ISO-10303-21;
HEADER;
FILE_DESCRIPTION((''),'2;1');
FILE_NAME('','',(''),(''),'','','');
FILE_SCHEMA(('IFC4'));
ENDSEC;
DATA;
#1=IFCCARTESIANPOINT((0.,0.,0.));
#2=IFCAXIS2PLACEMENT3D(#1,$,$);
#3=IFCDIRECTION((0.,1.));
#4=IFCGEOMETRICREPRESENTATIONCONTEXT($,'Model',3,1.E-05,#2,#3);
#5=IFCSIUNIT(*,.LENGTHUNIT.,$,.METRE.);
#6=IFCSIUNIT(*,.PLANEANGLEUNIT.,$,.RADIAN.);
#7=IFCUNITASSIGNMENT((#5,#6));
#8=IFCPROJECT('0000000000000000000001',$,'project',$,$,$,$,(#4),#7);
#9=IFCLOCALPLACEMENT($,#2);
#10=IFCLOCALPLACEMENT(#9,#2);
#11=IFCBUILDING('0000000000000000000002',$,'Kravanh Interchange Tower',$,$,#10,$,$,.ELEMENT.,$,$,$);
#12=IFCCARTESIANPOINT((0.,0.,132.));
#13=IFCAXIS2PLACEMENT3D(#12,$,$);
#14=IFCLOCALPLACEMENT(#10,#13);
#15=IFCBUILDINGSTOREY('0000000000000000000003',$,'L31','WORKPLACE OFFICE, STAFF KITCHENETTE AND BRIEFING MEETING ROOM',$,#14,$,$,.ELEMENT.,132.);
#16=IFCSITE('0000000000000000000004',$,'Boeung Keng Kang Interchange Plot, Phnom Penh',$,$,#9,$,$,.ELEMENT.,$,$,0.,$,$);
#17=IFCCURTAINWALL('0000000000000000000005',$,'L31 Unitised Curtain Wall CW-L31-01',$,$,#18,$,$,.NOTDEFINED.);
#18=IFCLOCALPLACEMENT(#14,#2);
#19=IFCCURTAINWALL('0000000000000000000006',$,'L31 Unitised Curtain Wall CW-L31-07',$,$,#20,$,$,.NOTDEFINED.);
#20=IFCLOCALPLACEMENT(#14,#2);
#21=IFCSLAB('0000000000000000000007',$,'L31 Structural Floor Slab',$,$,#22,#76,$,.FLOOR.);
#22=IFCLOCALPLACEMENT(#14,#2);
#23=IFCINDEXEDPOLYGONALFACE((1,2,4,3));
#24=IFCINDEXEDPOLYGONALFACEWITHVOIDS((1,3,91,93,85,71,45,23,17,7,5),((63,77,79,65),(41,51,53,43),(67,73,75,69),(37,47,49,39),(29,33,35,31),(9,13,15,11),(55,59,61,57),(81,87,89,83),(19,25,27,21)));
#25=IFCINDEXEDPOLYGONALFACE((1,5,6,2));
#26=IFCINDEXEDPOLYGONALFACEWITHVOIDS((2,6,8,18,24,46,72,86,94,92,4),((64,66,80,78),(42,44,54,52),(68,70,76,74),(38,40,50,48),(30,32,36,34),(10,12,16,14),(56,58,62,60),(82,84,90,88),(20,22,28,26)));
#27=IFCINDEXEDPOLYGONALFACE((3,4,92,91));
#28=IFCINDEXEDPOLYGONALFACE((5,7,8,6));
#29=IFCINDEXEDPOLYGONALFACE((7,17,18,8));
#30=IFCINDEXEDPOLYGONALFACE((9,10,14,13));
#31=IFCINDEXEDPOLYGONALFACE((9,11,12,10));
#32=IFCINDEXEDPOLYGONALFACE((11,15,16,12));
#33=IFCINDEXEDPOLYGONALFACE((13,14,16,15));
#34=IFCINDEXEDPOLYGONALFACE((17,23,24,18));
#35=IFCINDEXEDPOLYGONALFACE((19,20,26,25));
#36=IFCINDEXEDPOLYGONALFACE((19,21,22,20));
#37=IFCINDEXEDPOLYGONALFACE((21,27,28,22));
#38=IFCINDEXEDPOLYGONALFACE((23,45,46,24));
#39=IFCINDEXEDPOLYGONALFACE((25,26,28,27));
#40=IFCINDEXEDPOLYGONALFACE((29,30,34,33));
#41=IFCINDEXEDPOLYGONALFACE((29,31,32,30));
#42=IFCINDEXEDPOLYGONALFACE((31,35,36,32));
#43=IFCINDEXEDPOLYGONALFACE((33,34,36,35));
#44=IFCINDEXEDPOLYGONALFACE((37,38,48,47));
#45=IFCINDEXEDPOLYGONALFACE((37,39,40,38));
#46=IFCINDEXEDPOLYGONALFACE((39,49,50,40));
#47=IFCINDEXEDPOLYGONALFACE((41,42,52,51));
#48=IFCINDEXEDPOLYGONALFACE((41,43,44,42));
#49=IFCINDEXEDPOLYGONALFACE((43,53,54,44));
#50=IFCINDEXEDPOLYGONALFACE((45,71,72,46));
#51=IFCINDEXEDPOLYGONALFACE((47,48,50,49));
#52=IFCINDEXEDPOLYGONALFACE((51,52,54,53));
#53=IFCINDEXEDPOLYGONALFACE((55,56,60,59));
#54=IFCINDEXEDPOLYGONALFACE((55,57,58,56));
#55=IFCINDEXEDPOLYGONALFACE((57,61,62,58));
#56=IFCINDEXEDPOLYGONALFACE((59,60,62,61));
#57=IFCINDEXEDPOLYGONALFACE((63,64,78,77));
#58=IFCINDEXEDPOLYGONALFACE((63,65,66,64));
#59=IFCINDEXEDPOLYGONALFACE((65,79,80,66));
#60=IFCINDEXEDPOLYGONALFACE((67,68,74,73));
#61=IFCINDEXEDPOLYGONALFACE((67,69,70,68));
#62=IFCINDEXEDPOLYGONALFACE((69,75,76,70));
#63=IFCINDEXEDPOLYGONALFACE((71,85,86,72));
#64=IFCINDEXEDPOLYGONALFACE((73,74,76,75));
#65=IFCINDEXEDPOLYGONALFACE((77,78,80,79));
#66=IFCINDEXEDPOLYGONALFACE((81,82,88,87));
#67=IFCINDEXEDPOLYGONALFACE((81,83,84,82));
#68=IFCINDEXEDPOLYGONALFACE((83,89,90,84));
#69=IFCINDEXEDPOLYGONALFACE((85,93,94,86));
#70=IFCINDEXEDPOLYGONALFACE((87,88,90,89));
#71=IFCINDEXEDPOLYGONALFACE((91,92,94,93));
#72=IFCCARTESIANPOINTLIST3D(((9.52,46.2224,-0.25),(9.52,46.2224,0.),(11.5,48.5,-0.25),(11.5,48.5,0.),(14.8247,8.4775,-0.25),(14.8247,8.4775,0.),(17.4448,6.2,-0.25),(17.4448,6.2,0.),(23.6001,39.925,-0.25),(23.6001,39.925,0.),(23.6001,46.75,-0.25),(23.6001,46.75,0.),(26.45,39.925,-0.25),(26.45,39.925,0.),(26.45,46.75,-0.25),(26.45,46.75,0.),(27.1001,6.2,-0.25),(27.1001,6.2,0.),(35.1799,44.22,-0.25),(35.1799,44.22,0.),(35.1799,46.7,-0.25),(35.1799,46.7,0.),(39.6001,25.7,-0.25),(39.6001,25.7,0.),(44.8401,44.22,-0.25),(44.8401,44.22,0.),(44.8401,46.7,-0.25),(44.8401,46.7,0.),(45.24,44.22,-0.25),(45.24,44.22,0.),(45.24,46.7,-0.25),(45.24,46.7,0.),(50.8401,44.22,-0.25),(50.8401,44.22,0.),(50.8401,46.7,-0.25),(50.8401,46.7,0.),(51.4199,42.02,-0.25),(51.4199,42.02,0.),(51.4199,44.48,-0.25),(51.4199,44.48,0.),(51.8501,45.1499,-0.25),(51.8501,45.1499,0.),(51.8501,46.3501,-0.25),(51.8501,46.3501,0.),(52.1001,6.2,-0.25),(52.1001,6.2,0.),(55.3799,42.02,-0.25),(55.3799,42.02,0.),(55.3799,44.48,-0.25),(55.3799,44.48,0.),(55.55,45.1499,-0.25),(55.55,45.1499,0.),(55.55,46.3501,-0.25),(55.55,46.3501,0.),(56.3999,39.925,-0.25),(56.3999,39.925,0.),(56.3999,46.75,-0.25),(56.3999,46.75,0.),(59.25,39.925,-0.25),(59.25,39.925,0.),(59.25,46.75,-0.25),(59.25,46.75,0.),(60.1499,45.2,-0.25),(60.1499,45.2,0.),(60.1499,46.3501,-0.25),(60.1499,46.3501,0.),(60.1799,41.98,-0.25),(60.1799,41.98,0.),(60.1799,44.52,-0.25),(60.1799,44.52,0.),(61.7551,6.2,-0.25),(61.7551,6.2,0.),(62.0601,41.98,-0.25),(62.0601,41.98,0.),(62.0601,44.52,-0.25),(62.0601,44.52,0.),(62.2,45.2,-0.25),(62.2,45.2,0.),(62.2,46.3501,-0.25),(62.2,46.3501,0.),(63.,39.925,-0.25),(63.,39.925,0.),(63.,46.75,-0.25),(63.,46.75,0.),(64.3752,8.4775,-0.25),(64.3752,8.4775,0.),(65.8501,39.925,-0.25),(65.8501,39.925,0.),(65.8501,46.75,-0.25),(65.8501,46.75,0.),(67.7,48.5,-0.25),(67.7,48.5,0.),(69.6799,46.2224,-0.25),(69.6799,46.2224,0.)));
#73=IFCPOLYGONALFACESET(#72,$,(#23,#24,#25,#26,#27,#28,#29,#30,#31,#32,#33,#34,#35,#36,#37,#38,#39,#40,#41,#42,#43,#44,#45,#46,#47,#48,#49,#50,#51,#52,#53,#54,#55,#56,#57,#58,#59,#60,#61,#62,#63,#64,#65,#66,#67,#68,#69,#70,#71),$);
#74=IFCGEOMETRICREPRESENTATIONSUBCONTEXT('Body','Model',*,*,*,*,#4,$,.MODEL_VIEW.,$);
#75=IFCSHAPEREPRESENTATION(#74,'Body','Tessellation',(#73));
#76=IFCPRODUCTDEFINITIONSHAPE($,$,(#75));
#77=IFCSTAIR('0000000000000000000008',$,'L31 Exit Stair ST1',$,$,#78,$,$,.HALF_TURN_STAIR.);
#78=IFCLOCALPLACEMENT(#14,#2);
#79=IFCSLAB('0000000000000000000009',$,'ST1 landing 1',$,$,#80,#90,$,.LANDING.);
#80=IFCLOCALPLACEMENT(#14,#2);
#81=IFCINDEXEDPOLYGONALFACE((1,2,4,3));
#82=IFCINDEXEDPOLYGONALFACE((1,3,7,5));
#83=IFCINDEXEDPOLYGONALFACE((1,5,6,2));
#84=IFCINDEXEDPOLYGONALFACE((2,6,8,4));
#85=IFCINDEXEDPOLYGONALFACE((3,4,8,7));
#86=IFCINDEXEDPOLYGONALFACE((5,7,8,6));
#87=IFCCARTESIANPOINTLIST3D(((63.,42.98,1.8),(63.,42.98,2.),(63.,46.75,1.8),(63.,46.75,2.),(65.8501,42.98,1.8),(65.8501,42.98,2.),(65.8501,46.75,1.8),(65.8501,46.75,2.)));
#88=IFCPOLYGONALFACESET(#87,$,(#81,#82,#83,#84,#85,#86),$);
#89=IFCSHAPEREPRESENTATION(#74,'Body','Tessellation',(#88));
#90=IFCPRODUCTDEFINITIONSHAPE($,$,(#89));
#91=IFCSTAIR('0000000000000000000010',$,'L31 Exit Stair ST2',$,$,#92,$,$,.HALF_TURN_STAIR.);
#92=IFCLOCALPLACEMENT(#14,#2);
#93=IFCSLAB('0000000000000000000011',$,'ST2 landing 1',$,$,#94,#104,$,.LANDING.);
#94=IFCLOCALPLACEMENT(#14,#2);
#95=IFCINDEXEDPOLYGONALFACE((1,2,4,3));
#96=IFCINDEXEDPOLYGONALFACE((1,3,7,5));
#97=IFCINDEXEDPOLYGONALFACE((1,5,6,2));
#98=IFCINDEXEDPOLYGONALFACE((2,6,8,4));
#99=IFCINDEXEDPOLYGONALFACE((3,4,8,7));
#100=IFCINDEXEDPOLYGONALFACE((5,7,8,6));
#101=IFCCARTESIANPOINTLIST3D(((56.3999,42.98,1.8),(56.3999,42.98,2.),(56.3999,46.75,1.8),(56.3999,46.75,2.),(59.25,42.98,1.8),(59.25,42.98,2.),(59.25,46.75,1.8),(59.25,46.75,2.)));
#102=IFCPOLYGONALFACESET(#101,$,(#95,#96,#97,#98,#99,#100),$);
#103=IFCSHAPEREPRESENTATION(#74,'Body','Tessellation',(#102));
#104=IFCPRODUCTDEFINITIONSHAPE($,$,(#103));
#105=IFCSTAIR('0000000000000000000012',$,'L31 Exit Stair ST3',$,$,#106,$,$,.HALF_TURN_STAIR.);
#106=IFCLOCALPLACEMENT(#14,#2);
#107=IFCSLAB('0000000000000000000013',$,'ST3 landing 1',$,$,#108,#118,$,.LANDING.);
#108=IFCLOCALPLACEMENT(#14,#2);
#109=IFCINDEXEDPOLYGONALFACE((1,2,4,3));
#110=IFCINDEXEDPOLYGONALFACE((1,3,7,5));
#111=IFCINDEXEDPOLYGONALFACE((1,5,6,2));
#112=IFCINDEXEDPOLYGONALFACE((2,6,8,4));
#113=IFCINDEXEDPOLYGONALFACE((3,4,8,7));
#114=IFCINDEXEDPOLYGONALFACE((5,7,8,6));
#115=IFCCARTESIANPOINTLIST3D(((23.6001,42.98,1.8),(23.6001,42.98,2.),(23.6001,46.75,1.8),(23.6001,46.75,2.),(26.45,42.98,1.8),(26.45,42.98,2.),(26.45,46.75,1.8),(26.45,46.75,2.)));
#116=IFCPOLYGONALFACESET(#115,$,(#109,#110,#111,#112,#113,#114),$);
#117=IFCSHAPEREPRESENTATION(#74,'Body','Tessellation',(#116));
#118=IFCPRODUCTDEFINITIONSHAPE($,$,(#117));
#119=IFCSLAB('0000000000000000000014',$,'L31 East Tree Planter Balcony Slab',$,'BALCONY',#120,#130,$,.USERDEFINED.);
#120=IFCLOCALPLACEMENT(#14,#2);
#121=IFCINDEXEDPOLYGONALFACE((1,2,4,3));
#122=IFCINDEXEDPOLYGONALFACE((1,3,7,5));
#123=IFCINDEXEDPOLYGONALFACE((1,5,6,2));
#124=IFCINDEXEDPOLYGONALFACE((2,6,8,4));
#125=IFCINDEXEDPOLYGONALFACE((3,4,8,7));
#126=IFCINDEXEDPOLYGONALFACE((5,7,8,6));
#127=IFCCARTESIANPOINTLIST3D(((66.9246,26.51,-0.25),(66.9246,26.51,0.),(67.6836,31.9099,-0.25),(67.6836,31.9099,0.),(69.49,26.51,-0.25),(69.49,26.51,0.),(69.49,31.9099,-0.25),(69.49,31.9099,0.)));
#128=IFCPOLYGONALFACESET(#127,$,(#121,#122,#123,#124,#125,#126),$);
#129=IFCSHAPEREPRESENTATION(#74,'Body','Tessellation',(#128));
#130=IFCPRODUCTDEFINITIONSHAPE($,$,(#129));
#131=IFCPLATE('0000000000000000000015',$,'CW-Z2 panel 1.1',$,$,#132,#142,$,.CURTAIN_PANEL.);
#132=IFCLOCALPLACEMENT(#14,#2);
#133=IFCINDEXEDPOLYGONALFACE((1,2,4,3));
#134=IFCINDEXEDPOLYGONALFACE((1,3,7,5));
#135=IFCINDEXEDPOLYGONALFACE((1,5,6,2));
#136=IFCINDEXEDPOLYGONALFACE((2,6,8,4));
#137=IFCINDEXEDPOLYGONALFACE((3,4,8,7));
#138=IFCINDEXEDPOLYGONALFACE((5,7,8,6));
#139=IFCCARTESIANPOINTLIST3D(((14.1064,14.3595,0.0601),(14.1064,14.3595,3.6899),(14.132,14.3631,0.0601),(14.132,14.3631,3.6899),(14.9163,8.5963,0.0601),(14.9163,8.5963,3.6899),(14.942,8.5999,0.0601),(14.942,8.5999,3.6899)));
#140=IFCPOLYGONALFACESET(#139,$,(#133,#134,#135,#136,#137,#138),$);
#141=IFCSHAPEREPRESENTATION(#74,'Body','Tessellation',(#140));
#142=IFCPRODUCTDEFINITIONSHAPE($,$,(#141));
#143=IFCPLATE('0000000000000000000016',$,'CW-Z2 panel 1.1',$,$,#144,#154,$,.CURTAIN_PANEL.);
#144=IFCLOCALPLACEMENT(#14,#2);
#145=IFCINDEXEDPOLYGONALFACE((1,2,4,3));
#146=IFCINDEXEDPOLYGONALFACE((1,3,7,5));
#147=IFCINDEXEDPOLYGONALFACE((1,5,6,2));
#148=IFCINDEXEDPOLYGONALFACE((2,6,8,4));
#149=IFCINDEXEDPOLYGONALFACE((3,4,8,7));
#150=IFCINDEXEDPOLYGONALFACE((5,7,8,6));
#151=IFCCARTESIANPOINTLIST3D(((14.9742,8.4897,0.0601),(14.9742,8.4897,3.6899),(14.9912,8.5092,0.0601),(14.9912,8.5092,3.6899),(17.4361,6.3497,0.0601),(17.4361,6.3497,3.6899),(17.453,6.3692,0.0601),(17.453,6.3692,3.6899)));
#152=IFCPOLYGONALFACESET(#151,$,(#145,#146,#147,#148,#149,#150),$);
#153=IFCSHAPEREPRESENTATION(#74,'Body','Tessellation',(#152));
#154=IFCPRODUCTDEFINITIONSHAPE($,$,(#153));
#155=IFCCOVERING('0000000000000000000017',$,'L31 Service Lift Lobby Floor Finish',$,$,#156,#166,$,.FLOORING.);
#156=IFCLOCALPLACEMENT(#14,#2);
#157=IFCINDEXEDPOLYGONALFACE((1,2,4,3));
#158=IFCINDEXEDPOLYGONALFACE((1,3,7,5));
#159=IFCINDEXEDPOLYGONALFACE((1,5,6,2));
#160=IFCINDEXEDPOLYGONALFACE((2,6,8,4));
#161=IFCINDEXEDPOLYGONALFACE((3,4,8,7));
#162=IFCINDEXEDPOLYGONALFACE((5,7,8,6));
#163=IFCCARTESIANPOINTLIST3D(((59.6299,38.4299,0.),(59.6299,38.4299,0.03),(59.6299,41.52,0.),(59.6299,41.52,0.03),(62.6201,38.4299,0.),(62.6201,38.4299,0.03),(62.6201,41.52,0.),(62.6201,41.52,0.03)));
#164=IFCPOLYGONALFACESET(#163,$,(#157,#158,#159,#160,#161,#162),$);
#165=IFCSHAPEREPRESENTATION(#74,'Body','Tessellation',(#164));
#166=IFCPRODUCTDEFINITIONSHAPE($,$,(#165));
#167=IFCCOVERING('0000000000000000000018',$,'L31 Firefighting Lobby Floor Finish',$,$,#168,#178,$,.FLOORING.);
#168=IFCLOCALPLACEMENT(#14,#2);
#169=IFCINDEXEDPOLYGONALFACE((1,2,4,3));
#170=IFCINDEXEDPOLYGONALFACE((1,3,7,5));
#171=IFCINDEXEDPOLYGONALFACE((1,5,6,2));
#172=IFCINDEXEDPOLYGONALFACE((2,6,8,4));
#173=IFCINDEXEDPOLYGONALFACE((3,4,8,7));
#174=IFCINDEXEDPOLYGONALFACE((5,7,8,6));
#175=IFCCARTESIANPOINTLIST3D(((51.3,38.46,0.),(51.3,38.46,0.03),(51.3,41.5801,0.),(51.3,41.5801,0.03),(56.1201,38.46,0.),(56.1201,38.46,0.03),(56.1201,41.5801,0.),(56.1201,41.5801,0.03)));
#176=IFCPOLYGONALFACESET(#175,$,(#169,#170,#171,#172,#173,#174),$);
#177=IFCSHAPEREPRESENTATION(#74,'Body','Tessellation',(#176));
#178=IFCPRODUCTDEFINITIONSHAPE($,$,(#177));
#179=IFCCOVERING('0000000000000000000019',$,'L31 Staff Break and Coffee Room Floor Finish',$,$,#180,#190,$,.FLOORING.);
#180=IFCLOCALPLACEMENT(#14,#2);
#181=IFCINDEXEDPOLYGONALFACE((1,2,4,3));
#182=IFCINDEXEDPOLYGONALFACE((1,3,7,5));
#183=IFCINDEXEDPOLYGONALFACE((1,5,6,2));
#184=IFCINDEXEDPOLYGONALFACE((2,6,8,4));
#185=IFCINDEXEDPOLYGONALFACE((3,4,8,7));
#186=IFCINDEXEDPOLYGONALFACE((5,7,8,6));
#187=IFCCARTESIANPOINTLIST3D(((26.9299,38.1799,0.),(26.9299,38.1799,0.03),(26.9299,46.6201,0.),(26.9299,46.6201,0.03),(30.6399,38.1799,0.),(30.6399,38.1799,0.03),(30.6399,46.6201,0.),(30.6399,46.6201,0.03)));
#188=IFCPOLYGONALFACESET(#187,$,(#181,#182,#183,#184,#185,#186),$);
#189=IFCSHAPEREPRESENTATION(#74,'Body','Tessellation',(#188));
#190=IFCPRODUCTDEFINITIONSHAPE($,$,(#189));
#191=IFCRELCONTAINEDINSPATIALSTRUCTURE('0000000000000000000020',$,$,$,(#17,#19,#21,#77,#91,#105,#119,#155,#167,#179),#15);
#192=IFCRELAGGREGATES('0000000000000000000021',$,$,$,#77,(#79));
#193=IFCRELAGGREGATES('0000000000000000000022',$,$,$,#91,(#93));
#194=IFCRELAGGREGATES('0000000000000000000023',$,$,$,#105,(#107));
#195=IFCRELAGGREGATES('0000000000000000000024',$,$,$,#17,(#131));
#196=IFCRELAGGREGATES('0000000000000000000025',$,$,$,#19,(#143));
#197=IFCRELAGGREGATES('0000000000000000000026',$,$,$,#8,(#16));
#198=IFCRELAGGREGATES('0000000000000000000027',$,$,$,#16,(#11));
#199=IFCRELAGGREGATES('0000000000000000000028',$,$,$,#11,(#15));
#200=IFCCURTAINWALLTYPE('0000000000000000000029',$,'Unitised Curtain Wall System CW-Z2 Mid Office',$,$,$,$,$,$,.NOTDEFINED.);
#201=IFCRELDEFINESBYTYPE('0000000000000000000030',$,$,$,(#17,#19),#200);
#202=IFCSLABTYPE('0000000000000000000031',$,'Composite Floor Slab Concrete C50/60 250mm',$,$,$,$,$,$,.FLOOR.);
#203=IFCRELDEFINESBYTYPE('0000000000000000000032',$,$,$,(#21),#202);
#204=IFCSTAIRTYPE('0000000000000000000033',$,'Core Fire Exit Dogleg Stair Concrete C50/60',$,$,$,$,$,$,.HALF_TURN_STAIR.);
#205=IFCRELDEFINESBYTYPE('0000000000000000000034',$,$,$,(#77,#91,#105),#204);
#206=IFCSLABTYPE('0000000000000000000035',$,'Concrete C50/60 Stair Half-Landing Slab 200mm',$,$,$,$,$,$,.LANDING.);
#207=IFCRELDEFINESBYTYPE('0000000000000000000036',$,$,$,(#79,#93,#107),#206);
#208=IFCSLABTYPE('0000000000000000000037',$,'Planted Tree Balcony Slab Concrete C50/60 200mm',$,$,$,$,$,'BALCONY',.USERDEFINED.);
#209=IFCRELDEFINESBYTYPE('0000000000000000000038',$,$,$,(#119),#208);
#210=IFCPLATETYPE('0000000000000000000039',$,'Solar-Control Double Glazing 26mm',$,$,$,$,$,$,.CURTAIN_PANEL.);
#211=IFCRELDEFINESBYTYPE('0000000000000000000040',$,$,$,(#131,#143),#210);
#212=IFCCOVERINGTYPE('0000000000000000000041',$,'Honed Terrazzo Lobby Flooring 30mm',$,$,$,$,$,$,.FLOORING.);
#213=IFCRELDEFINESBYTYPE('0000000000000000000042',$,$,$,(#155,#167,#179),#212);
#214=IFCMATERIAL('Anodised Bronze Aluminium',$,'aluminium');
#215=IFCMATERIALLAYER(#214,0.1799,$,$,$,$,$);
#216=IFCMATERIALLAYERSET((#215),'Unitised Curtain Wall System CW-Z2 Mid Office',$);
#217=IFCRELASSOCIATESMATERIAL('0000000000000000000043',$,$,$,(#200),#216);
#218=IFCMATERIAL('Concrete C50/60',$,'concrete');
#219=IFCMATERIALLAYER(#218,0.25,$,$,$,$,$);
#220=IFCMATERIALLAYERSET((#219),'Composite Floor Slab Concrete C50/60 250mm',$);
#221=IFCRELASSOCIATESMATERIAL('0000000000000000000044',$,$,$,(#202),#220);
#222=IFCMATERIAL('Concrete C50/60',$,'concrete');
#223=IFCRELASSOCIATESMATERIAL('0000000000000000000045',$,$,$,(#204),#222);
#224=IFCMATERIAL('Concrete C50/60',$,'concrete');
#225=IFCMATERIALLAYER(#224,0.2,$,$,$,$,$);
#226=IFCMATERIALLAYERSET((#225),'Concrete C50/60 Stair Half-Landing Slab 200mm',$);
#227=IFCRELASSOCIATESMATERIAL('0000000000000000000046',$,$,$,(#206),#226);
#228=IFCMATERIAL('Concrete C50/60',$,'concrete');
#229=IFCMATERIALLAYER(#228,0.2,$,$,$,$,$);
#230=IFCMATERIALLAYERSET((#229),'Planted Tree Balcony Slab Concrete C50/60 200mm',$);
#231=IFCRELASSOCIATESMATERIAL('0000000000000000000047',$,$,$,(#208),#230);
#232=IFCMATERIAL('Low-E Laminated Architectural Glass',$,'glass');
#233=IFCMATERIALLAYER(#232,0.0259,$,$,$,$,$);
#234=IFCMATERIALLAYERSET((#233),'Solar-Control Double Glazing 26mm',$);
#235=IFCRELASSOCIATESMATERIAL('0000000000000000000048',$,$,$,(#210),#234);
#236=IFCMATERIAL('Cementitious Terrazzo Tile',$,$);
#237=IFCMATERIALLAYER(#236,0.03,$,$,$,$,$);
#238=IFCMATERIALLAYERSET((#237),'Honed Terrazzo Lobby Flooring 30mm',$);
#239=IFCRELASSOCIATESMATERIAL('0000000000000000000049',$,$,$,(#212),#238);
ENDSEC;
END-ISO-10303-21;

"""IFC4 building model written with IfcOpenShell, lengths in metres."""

from ifc_helpers import new_model, si_unit, direction, frame, origin, origin_2d, place, context, subcontext, project, spatial, polyline, rectangle, outline, extrude, material, layer, layer_set, type_object, element, aggregate, save


model = new_model("IFC4")

# Units and contexts
model_context = context("Model", 3, precision=1e-05, world=origin(), true_north=direction((0.0, 1.0)))
body_context = subcontext(model_context, "Body", "Model", "MODEL_VIEW")
ifc_project = project(units=[si_unit("LENGTHUNIT", "METRE"), si_unit("PLANEANGLEUNIT", "RADIAN")], contexts=[model_context])

# Site, building, storey
site_placement = place(None, origin())
site = spatial("IfcSite", under=ifc_project, at=site_placement, Name="Boeung Keng Kang Interchange Plot, Phnom Penh", CompositionType="ELEMENT", RefElevation=0.0)
building_placement = place(site_placement, origin())
building = spatial("IfcBuilding", under=site, at=building_placement, Name="Kravanh Interchange Tower", CompositionType="ELEMENT")
storey_placement = place(building_placement, frame((0.0, 0.0, 132.0)))
storey = spatial("IfcBuildingStorey", under=building, at=storey_placement, Name="L31", Description="WORKPLACE OFFICE, STAFF KITCHENETTE AND BRIEFING MEETING ROOM", CompositionType="ELEMENT", Elevation=132.0)

# Curtain walls
ifc_material_1 = material(Name="Anodised Bronze Aluminium", Category="aluminium")
ifc_layer_1 = layer(ifc_material_1, 0.1799)
ifc_layer_set_1 = layer_set([ifc_layer_1], Name="Unitised Curtain Wall System CW-Z2 Mid Office")
curtain_wall_type = type_object("IfcCurtainWallType", Name="Unitised Curtain Wall System CW-Z2 Mid Office", PredefinedType="NOTDEFINED", material=ifc_layer_set_1)
curtain_wall_1_placement = place(storey_placement, origin())
curtain_wall_1 = element("IfcCurtainWall", 1, at=curtain_wall_1_placement, inside=storey, type_object=curtain_wall_type, Name="L31 Unitised Curtain Wall CW-L31-01", PredefinedType="NOTDEFINED")
curtain_wall_2_placement = place(storey_placement, origin())
curtain_wall_2 = element("IfcCurtainWall", 2, at=curtain_wall_2_placement, inside=storey, type_object=curtain_wall_type, Name="L31 Unitised Curtain Wall CW-L31-07", PredefinedType="NOTDEFINED")

# Slab
ifc_material_2 = material(Name="Concrete C50/60", Category="concrete")
ifc_layer_2 = layer(ifc_material_2, 0.25)
ifc_layer_set_2 = layer_set([ifc_layer_2], Name="Composite Floor Slab Concrete C50/60 250mm")
slab_type_1 = type_object("IfcSlabType", Name="Composite Floor Slab Concrete C50/60 250mm", PredefinedType="FLOOR", material=ifc_layer_set_2)
slab_1_placement = place(storey_placement, frame((0.0, 0.0, -0.25)))
element("IfcSlab", 3, at=slab_1_placement, inside=storey, type_object=slab_type_1, Name="L31 Structural Floor Slab", PredefinedType="FLOOR", context=body_context, shape_type="SweptSolid", body=[
    extrude(outline(polyline([(14.8247, 8.4775), (17.4448, 6.2), (27.1001, 6.2), (39.6001, 25.7), (52.1001, 6.2), (61.7551, 6.2), (64.3752, 8.4775), (69.6799, 46.2224), (67.7, 48.5), (11.5, 48.5), (9.52, 46.2224), (14.8247, 8.4775)]), holes=[polyline([(65.8501, 39.925), (65.8501, 46.75), (63.0, 46.75), (63.0, 39.925), (65.8501, 39.925)]), polyline([(59.25, 39.925), (59.25, 46.75), (56.3999, 46.75), (56.3999, 39.925), (59.25, 39.925)]), polyline([(26.45, 39.925), (26.45, 46.75), (23.6001, 46.75), (23.6001, 39.925), (26.45, 39.925)]), polyline([(35.1799, 44.22), (44.8401, 44.22), (44.8401, 46.7), (35.1799, 46.7), (35.1799, 44.22)]), polyline([(45.24, 44.22), (50.8401, 44.22), (50.8401, 46.7), (45.24, 46.7), (45.24, 44.22)]), polyline([(51.4199, 42.02), (55.3799, 42.02), (55.3799, 44.48), (51.4199, 44.48), (51.4199, 42.02)]), polyline([(60.1799, 41.98), (62.0601, 41.98), (62.0601, 44.52), (60.1799, 44.52), (60.1799, 41.98)]), polyline([(60.1499, 45.2), (62.2, 45.2), (62.2, 46.3501), (60.1499, 46.3501), (60.1499, 45.2)]), polyline([(51.8501, 45.1499), (55.55, 45.1499), (55.55, 46.3501), (51.8501, 46.3501), (51.8501, 45.1499)])]), origin(), (0.0, 0.0, 1.0), 0.25),
])

# Stairs, slabs
ifc_material_3 = material(Name="Concrete C50/60", Category="concrete")
stair_type = type_object("IfcStairType", Name="Core Fire Exit Dogleg Stair Concrete C50/60", PredefinedType="HALF_TURN_STAIR", material=ifc_material_3)
stair_1_placement = place(storey_placement, origin())
stair_1 = element("IfcStair", 4, at=stair_1_placement, inside=storey, type_object=stair_type, Name="L31 Exit Stair ST1", PredefinedType="HALF_TURN_STAIR")
ifc_material_4 = material(Name="Concrete C50/60", Category="concrete")
ifc_layer_3 = layer(ifc_material_4, 0.2)
ifc_layer_set_3 = layer_set([ifc_layer_3], Name="Concrete C50/60 Stair Half-Landing Slab 200mm")
slab_type_2 = type_object("IfcSlabType", Name="Concrete C50/60 Stair Half-Landing Slab 200mm", PredefinedType="LANDING", material=ifc_layer_set_3)
slab_2_placement = place(storey_placement, frame((0.0, 0.0, 1.8)))
slab_2 = element("IfcSlab", 5, at=slab_2_placement, type_object=slab_type_2, Name="ST1 landing 1", PredefinedType="LANDING", context=body_context, shape_type="SweptSolid", body=[
    extrude(outline(polyline([(65.8501, 42.98), (65.8501, 46.75), (63.0, 46.75), (63.0, 42.98), (65.8501, 42.98)])), origin(), (0.0, 0.0, 1.0), 0.2),
])
aggregate(stair_1, [slab_2])
stair_2_placement = place(storey_placement, origin())
stair_2 = element("IfcStair", 6, at=stair_2_placement, inside=storey, type_object=stair_type, Name="L31 Exit Stair ST2", PredefinedType="HALF_TURN_STAIR")
slab_3_placement = place(storey_placement, frame((0.0, 0.0, 1.8)))
slab_3 = element("IfcSlab", 7, at=slab_3_placement, type_object=slab_type_2, Name="ST2 landing 1", PredefinedType="LANDING", context=body_context, shape_type="SweptSolid", body=[
    extrude(outline(polyline([(59.25, 42.98), (59.25, 46.75), (56.3999, 46.75), (56.3999, 42.98), (59.25, 42.98)])), origin(), (0.0, 0.0, 1.0), 0.2),
])
aggregate(stair_2, [slab_3])
stair_3_placement = place(storey_placement, origin())
stair_3 = element("IfcStair", 8, at=stair_3_placement, inside=storey, type_object=stair_type, Name="L31 Exit Stair ST3", PredefinedType="HALF_TURN_STAIR")
slab_4_placement = place(storey_placement, frame((0.0, 0.0, 1.8)))
slab_4 = element("IfcSlab", 9, at=slab_4_placement, type_object=slab_type_2, Name="ST3 landing 1", PredefinedType="LANDING", context=body_context, shape_type="SweptSolid", body=[
    extrude(outline(polyline([(26.45, 42.98), (26.45, 46.75), (23.6001, 46.75), (23.6001, 42.98), (26.45, 42.98)])), origin(), (0.0, 0.0, 1.0), 0.2),
])
aggregate(stair_3, [slab_4])

# Slab
ifc_material_5 = material(Name="Concrete C50/60", Category="concrete")
ifc_layer_4 = layer(ifc_material_5, 0.2)
ifc_layer_set_4 = layer_set([ifc_layer_4], Name="Planted Tree Balcony Slab Concrete C50/60 200mm")
slab_type_3 = type_object("IfcSlabType", Name="Planted Tree Balcony Slab Concrete C50/60 200mm", ElementType="BALCONY", PredefinedType="USERDEFINED", material=ifc_layer_set_4)
slab_5_placement = place(storey_placement, frame((0.0, 0.0, -0.25)))
element("IfcSlab", 10, at=slab_5_placement, inside=storey, type_object=slab_type_3, Name="L31 East Tree Planter Balcony Slab", ObjectType="BALCONY", PredefinedType="USERDEFINED", context=body_context, shape_type="SweptSolid", body=[
    extrude(outline(polyline([(69.49, 31.9099), (69.49, 26.51), (66.9246, 26.51), (67.6836, 31.9099), (69.49, 31.9099)])), origin(), (0.0, 0.0, 1.0), 0.25),
])

# Plates
ifc_material_6 = material(Name="Low-E Laminated Architectural Glass", Category="glass")
ifc_layer_5 = layer(ifc_material_6, 0.0259)
ifc_layer_set_5 = layer_set([ifc_layer_5], Name="Solar-Control Double Glazing 26mm")
plate_type = type_object("IfcPlateType", Name="Solar-Control Double Glazing 26mm", PredefinedType="CURTAIN_PANEL", material=ifc_layer_set_5)
plate_1_placement = place(storey_placement, frame((14.5242, 11.4797, 0.0601), z_axis=(0.0, 0.0, 1.0), x_axis=(-0.139173, 0.990268, 0.0)))
plate_1 = element("IfcPlate", 11, at=plate_1_placement, type_object=plate_type, Name="CW-Z2 panel 1.1", PredefinedType="CURTAIN_PANEL", context=body_context, shape_type="SweptSolid", body=[
    extrude(rectangle(XDim=5.8198, YDim=0.0259, at=origin_2d()), origin(), (0.0, 0.0, 1.0), 3.6299),
])
aggregate(curtain_wall_1, [plate_1])
plate_2_placement = place(storey_placement, frame((16.2136, 7.4294, 0.0601), z_axis=(0.0, 0.0, 1.0), x_axis=(-0.754719, 0.656048, 0.0)))
plate_2 = element("IfcPlate", 12, at=plate_2_placement, type_object=plate_type, Name="CW-Z2 panel 1.1", PredefinedType="CURTAIN_PANEL", context=body_context, shape_type="SweptSolid", body=[
    extrude(rectangle(XDim=3.262, YDim=0.0259, at=origin_2d()), origin(), (0.0, 0.0, 1.0), 3.6299),
])
aggregate(curtain_wall_2, [plate_2])

# Coverings
ifc_material_7 = material(Name="Cementitious Terrazzo Tile")
ifc_layer_6 = layer(ifc_material_7, 0.03)
ifc_layer_set_6 = layer_set([ifc_layer_6], Name="Honed Terrazzo Lobby Flooring 30mm")
covering_type_1 = type_object("IfcCoveringType", Name="Honed Terrazzo Lobby Flooring 30mm", PredefinedType="FLOORING", material=ifc_layer_set_6)
covering_1_placement = place(storey_placement, origin())
element("IfcCovering", 13, at=covering_1_placement, inside=storey, type_object=covering_type_1, Name="L31 Service Lift Lobby Floor Finish", PredefinedType="FLOORING", context=body_context, shape_type="SweptSolid", body=[
    extrude(outline(polyline([(59.6299, 41.52), (62.6201, 41.52), (62.6201, 38.4299), (59.6299, 38.4299), (59.6299, 41.52)])), origin(), (0.0, 0.0, 1.0), 0.03),
])
covering_2_placement = place(storey_placement, origin())
element("IfcCovering", 14, at=covering_2_placement, inside=storey, type_object=covering_type_1, Name="L31 Firefighting Lobby Floor Finish", PredefinedType="FLOORING", context=body_context, shape_type="SweptSolid", body=[
    extrude(outline(polyline([(56.1201, 38.46), (51.3, 38.46), (51.3, 41.5801), (56.1201, 41.5801), (56.1201, 38.46)])), origin(), (0.0, 0.0, 1.0), 0.03),
])
covering_3_placement = place(storey_placement, origin())
element("IfcCovering", 15, at=covering_3_placement, inside=storey, type_object=covering_type_1, Name="L31 Staff Break and Coffee Room Floor Finish", PredefinedType="FLOORING", context=body_context, shape_type="SweptSolid", body=[
    extrude(outline(polyline([(26.9299, 46.6201), (30.6399, 46.6201), (30.6399, 38.1799), (26.9299, 38.1799), (26.9299, 46.6201)])), origin(), (0.0, 0.0, 1.0), 0.03),
])

save(model, "model.ifc")
